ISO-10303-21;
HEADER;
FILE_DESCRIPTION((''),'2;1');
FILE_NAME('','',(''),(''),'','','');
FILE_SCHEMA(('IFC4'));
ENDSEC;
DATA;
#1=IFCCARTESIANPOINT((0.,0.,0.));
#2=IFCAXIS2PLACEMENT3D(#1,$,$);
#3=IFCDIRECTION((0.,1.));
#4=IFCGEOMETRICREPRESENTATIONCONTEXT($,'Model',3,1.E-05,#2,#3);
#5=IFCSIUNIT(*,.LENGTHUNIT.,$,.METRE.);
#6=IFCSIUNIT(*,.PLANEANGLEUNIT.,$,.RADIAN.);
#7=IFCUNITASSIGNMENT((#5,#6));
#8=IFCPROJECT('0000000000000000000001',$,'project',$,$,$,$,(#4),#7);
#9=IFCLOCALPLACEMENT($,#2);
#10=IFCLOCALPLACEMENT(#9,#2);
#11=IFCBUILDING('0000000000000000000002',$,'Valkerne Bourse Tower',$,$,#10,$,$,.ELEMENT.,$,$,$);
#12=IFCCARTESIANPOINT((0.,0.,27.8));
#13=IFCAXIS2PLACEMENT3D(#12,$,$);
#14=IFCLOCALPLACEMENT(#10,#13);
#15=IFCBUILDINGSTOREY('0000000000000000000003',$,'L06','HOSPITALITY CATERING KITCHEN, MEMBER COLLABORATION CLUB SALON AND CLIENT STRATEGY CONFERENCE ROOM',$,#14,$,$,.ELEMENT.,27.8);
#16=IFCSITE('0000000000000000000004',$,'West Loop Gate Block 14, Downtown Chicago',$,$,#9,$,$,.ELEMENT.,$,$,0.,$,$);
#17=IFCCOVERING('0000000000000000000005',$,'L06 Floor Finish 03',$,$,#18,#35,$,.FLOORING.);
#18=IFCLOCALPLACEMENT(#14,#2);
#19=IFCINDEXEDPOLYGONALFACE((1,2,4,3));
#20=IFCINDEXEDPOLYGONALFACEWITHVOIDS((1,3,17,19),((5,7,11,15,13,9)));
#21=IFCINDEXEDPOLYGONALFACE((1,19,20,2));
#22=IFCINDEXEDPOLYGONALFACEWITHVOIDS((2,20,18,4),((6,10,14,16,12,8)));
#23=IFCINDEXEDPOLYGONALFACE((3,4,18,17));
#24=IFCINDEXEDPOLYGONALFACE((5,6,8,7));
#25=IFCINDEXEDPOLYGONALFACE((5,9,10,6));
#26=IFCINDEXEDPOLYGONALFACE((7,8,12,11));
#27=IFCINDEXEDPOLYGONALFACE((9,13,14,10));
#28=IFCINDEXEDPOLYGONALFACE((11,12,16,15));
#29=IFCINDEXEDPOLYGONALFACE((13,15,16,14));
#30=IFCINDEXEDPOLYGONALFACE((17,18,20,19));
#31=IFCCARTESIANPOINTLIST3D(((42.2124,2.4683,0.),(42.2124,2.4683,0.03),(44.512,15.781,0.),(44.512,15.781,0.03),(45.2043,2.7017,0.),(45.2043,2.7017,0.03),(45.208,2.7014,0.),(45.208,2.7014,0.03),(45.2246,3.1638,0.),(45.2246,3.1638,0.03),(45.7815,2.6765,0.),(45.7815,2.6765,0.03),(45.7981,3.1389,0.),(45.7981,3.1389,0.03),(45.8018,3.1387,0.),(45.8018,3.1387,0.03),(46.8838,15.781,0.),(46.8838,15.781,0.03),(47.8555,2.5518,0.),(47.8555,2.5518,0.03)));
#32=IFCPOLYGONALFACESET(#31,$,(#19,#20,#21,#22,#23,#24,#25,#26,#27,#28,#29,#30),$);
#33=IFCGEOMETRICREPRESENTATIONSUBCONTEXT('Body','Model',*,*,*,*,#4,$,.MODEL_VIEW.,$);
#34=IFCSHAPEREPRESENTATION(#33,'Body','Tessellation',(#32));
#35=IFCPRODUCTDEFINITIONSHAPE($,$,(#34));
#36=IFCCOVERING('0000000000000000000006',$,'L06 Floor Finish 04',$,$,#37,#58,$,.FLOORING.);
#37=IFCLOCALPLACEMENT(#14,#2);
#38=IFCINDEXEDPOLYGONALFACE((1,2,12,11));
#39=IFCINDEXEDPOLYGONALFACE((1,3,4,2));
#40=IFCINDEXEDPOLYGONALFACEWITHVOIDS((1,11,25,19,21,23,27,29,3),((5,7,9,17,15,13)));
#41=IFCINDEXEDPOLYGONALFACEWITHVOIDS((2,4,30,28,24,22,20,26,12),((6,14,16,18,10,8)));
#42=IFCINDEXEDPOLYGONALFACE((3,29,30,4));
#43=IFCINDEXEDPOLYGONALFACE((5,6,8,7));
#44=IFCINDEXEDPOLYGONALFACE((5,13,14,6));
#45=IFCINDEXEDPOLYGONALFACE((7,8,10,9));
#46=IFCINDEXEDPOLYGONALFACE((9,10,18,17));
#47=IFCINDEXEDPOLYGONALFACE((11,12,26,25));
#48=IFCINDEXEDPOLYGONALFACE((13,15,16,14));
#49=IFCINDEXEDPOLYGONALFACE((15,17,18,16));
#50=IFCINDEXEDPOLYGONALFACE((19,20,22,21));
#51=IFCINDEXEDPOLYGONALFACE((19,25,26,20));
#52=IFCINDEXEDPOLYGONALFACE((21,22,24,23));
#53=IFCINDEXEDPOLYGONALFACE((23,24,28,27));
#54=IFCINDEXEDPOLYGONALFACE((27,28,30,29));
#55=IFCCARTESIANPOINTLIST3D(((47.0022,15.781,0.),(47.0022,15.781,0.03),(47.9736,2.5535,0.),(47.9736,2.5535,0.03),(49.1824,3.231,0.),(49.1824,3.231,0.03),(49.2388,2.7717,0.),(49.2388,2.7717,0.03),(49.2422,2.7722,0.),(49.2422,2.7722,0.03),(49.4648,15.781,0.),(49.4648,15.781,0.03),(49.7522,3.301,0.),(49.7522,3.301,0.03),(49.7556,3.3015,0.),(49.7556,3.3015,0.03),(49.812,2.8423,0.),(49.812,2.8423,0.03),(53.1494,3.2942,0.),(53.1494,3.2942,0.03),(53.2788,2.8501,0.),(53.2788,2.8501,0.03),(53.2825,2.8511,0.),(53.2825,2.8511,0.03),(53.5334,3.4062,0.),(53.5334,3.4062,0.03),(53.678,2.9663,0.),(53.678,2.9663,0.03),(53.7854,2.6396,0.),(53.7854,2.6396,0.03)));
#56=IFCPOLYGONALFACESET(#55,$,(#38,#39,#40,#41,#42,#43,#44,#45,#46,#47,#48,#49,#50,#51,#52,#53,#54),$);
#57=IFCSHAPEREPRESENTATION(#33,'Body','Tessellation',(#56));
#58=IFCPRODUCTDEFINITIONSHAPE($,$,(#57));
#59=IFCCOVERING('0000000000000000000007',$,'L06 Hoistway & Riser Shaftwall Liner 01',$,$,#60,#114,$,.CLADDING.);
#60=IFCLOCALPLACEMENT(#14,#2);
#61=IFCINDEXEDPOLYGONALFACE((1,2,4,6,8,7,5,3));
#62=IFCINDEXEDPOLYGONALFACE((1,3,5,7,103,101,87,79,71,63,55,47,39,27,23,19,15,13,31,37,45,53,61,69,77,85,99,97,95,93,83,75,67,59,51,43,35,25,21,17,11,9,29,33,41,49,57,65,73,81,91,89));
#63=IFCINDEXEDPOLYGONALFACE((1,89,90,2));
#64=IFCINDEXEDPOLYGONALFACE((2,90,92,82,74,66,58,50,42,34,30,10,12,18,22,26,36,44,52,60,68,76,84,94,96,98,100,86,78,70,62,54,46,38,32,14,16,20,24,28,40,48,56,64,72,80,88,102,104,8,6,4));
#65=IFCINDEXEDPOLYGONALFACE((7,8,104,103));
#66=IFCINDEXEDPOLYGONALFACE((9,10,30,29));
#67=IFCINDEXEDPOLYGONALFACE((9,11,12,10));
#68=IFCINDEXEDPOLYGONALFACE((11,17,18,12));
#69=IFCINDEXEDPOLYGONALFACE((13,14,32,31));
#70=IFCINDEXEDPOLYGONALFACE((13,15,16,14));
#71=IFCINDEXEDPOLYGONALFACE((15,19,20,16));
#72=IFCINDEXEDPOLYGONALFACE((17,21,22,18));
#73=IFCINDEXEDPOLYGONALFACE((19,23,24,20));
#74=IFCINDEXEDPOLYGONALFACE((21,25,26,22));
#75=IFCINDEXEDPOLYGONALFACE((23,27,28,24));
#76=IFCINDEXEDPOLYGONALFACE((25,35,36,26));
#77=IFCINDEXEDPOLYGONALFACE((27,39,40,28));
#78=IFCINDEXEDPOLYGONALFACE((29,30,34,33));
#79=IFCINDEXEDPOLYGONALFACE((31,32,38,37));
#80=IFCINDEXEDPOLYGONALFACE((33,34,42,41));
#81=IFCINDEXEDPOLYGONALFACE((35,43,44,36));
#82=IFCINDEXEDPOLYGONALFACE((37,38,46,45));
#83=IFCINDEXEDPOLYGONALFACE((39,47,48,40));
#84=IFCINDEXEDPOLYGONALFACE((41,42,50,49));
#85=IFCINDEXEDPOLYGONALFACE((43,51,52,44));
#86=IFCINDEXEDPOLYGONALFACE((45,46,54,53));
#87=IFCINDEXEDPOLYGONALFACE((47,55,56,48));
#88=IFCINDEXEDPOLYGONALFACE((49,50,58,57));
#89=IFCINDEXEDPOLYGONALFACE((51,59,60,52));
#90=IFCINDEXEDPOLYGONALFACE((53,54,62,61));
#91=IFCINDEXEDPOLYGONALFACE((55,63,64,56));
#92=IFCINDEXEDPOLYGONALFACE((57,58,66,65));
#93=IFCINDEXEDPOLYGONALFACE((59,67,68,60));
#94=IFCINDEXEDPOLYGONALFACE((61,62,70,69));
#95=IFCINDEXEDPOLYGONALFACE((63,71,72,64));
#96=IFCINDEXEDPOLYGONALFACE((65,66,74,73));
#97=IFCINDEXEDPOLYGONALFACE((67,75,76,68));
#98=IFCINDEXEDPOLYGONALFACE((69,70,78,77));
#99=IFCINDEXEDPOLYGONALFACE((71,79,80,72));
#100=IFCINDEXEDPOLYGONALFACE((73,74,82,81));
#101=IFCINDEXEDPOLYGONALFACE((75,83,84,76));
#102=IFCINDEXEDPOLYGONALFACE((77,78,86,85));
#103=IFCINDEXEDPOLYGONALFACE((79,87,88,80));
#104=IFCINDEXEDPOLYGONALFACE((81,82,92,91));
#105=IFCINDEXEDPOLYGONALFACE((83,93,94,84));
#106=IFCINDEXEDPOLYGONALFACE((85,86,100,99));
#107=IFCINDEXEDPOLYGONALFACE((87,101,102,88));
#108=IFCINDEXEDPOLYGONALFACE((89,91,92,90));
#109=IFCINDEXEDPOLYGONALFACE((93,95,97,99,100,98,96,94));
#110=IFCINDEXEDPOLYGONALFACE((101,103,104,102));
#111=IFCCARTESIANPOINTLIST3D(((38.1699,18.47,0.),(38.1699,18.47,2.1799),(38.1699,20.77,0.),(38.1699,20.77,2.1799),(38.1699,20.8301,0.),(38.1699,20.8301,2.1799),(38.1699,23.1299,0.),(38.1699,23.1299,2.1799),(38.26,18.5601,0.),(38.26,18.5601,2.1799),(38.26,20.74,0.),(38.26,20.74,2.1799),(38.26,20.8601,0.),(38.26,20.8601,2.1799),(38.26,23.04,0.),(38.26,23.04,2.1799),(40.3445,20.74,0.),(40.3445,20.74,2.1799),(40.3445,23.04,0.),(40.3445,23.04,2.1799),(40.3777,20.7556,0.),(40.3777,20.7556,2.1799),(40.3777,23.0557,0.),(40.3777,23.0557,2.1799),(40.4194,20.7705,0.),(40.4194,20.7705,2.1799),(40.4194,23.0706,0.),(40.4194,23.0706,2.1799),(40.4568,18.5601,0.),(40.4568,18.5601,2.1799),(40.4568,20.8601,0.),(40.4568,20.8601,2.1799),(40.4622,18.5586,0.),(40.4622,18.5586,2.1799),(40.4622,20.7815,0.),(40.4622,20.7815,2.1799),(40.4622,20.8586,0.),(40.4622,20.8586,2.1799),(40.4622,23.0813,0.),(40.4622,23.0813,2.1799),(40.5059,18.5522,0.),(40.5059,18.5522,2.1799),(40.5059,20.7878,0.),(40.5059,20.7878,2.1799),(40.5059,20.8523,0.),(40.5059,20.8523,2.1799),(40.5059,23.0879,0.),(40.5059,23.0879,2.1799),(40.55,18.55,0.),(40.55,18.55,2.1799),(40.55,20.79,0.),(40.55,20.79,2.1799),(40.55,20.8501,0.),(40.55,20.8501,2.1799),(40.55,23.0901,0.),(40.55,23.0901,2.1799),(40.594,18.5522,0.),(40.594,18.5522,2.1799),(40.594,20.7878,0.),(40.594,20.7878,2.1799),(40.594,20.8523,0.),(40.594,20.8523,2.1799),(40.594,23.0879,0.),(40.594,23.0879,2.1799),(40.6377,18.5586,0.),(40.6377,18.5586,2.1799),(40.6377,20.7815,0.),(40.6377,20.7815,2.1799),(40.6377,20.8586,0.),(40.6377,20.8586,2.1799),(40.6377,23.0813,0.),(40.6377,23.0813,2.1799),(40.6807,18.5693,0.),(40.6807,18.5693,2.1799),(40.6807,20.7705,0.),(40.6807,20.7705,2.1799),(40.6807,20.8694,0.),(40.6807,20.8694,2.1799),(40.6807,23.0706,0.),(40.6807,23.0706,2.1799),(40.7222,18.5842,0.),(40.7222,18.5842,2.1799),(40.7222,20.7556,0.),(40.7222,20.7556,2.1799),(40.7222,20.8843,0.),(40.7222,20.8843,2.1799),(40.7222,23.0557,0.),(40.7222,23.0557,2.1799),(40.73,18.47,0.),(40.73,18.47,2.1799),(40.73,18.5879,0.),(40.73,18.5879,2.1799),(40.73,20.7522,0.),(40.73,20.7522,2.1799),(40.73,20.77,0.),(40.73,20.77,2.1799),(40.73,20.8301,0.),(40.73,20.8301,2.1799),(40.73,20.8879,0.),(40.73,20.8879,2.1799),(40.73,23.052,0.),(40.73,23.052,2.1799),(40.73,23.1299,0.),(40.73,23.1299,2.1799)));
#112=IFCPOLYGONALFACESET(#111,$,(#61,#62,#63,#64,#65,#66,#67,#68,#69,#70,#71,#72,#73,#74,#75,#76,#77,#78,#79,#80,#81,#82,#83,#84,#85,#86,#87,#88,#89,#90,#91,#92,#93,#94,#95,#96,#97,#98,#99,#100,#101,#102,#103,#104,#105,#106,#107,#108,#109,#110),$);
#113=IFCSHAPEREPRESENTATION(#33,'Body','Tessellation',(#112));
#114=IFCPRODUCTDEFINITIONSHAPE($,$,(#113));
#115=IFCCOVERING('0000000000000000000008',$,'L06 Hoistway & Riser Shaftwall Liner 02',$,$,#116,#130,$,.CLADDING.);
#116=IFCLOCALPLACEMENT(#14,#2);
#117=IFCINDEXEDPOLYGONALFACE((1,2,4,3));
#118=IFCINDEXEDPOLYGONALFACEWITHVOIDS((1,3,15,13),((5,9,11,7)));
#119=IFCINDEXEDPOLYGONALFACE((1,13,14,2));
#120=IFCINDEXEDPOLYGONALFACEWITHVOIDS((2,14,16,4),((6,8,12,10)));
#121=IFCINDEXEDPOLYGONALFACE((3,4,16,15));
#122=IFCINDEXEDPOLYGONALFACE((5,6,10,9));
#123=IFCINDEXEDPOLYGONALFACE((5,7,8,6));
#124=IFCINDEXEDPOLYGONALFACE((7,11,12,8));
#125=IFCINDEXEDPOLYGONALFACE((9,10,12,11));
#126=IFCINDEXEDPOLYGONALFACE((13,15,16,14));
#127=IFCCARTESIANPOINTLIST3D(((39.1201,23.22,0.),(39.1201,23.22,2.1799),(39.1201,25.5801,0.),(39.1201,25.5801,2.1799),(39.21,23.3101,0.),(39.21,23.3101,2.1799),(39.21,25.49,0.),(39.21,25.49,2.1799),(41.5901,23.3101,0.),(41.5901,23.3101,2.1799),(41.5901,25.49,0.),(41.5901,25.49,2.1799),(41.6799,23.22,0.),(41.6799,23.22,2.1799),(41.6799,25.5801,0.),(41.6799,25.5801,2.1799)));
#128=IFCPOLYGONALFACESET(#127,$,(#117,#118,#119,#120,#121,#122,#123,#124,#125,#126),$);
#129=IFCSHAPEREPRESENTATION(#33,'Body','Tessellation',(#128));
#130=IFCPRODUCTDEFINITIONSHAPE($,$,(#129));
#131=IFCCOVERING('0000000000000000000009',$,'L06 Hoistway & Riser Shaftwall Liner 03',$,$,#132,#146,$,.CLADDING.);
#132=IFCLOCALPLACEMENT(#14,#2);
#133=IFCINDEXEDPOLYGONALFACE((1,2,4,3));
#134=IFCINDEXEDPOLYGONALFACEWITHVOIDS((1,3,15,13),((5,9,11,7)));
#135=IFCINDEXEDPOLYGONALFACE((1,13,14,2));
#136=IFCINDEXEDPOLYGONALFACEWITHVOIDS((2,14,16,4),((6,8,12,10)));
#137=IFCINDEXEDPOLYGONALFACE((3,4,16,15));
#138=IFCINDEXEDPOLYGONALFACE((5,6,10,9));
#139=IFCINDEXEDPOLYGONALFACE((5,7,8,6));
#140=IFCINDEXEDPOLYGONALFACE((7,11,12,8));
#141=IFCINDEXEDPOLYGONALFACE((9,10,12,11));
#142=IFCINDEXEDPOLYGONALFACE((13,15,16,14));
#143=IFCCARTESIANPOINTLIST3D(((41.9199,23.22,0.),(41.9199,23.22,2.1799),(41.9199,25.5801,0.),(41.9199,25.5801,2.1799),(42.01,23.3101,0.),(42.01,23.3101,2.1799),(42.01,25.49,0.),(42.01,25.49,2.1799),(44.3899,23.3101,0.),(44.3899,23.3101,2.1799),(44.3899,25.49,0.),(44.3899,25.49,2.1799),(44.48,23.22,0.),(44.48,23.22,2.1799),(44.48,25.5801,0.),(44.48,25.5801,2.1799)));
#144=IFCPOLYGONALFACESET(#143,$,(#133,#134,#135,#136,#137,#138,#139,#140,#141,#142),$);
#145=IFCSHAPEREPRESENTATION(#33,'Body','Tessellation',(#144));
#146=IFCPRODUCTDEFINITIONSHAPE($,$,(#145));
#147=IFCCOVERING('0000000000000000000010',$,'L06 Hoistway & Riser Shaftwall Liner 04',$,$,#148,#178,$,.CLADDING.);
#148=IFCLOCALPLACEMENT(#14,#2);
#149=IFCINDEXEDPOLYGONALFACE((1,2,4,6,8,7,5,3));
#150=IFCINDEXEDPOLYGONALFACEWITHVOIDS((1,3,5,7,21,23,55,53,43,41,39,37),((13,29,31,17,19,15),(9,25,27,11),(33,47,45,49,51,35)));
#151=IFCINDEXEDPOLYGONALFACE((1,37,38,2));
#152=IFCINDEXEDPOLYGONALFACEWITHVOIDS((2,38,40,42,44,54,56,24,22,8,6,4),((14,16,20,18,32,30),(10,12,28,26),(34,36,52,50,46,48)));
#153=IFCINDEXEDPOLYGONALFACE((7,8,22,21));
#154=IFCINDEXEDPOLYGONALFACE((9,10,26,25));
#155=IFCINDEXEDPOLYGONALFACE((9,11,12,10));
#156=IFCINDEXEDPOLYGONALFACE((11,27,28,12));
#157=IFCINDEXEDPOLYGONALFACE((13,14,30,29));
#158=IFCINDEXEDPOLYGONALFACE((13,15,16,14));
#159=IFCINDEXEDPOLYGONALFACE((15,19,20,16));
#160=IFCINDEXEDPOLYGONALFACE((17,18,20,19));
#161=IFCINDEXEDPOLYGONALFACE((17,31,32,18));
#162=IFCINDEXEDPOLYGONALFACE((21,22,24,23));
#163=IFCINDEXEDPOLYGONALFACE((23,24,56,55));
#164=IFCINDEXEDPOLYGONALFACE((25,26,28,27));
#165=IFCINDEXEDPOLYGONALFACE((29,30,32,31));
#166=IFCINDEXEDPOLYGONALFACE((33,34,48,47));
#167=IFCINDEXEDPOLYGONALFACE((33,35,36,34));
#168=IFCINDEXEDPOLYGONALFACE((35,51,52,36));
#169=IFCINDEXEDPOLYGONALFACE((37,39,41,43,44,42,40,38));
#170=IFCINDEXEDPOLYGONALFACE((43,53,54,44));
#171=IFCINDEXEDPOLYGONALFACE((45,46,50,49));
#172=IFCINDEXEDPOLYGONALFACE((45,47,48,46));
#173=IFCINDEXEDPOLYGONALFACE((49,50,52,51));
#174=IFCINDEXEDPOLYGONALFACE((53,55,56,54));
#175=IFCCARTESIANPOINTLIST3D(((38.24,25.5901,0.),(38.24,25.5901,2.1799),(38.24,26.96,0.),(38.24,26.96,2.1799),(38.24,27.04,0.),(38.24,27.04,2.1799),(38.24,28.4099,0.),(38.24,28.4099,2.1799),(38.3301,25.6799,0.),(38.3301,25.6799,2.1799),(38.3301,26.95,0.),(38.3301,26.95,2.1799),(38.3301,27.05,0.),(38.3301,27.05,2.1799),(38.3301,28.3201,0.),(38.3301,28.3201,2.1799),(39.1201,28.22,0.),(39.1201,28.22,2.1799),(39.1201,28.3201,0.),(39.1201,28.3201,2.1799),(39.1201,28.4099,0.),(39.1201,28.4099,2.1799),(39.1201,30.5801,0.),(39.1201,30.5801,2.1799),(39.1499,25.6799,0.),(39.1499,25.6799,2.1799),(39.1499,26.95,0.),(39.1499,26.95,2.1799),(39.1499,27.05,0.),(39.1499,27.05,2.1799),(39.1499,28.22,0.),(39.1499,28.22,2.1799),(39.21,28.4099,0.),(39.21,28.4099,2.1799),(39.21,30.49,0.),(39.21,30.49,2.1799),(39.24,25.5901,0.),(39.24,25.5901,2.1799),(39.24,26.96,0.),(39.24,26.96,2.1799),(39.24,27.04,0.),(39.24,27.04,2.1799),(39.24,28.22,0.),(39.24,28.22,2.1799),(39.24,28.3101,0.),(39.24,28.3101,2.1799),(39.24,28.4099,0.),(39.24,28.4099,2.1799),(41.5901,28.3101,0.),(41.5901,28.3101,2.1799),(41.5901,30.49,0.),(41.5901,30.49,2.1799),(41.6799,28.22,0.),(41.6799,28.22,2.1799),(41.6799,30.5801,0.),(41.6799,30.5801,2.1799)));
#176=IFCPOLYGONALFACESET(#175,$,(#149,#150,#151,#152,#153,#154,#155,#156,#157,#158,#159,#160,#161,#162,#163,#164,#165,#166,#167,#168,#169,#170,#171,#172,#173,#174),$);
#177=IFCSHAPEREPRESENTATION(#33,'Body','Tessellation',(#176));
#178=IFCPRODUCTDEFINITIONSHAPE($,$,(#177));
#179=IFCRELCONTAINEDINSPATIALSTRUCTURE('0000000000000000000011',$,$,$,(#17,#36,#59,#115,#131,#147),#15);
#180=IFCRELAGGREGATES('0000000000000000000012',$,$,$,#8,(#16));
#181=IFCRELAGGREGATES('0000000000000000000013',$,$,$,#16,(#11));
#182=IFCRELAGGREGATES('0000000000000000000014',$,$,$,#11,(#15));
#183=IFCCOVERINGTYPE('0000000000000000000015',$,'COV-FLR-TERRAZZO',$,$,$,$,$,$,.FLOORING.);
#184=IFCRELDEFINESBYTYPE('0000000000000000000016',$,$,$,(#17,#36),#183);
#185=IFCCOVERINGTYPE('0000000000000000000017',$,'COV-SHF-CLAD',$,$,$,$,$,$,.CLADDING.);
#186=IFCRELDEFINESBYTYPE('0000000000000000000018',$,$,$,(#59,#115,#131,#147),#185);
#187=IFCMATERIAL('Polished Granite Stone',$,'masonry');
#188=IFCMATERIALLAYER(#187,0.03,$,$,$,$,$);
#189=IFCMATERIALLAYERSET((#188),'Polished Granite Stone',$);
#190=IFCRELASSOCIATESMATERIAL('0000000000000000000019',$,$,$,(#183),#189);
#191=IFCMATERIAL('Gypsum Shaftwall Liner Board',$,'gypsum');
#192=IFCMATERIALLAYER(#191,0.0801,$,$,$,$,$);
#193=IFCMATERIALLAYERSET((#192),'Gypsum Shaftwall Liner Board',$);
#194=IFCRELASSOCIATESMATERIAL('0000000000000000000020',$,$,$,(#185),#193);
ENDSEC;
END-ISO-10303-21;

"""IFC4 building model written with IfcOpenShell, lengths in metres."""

from ifc_helpers import new_model, si_unit, direction, frame, origin, place, context, subcontext, project, spatial, polyline, outline, extrude, material, layer, layer_set, type_object, element, save


model = new_model("IFC4")

# Units and contexts
model_context = context("Model", 3, precision=1e-05, world=origin(), true_north=direction((0.0, 1.0)))
body_context = subcontext(model_context, "Body", "Model", "MODEL_VIEW")
ifc_project = project(units=[si_unit("LENGTHUNIT", "METRE"), si_unit("PLANEANGLEUNIT", "RADIAN")], contexts=[model_context])

# Site, building, storey
site_placement = place(None, origin())
site = spatial("IfcSite", under=ifc_project, at=site_placement, Name="West Loop Gate Block 14, Downtown Chicago", CompositionType="ELEMENT", RefElevation=0.0)
building_placement = place(site_placement, origin())
building = spatial("IfcBuilding", under=site, at=building_placement, Name="Valkerne Bourse Tower", CompositionType="ELEMENT")
storey_placement = place(building_placement, frame((0.0, 0.0, 27.8)))
storey = spatial("IfcBuildingStorey", under=building, at=storey_placement, Name="L06", Description="HOSPITALITY CATERING KITCHEN, MEMBER COLLABORATION CLUB SALON AND CLIENT STRATEGY CONFERENCE ROOM", CompositionType="ELEMENT", Elevation=27.8)

# Coverings
ifc_material_1 = material(Name="Polished Granite Stone", Category="masonry")
ifc_layer_1 = layer(ifc_material_1, 0.03)
ifc_layer_set_1 = layer_set([ifc_layer_1], Name="Polished Granite Stone")
covering_type_1 = type_object("IfcCoveringType", Name="COV-FLR-TERRAZZO", PredefinedType="FLOORING", material=ifc_layer_set_1)
covering_1_placement = place(storey_placement, origin())
element("IfcCovering", 1, at=covering_1_placement, inside=storey, type_object=covering_type_1, Name="L06 Floor Finish 03", PredefinedType="FLOORING", context=body_context, shape_type="SweptSolid", body=[
    extrude(outline(polyline([(46.8838, 15.781), (47.8555, 2.5518), (42.2124, 2.4683), (44.512, 15.781), (46.8838, 15.781)]), holes=[polyline([(45.8018, 3.1387), (45.7981, 3.1389), (45.2246, 3.1638), (45.2043, 2.7017), (45.208, 2.7014), (45.7815, 2.6765), (45.8018, 3.1387)])]), origin(), (0.0, 0.0, 1.0), 0.03),
])
covering_2_placement = place(storey_placement, origin())
element("IfcCovering", 2, at=covering_2_placement, inside=storey, type_object=covering_type_1, Name="L06 Floor Finish 04", PredefinedType="FLOORING", context=body_context, shape_type="SweptSolid", body=[
    extrude(outline(polyline([(49.4648, 15.781), (53.5334, 3.4062), (53.1494, 3.2942), (53.2788, 2.8501), (53.2825, 2.8511), (53.678, 2.9663), (53.7854, 2.6396), (47.9736, 2.5535), (47.0022, 15.781), (49.4648, 15.781)]), holes=[polyline([(49.2422, 2.7722), (49.812, 2.8423), (49.7556, 3.3015), (49.7522, 3.301), (49.1824, 3.231), (49.2388, 2.7717), (49.2422, 2.7722)])]), origin(), (0.0, 0.0, 1.0), 0.03),
])
ifc_material_2 = material(Name="Gypsum Shaftwall Liner Board", Category="gypsum")
ifc_layer_2 = layer(ifc_material_2, 0.0801)
ifc_layer_set_2 = layer_set([ifc_layer_2], Name="Gypsum Shaftwall Liner Board")
covering_type_2 = type_object("IfcCoveringType", Name="COV-SHF-CLAD", PredefinedType="CLADDING", material=ifc_layer_set_2)
covering_3_placement = place(storey_placement, origin())
element("IfcCovering", 3, at=covering_3_placement, inside=storey, type_object=covering_type_2, Name="L06 Hoistway & Riser Shaftwall Liner 01", PredefinedType="CLADDING", context=body_context, shape_type="SweptSolid", body=[
    extrude(outline(polyline([(38.1699, 23.1299), (40.73, 23.1299), (40.73, 23.052), (40.7222, 23.0557), (40.6807, 23.0706), (40.6377, 23.0813), (40.594, 23.0879), (40.55, 23.0901), (40.5059, 23.0879), (40.4622, 23.0813), (40.4194, 23.0706), (40.3777, 23.0557), (40.3445, 23.04), (38.26, 23.04), (38.26, 20.8601), (40.4568, 20.8601), (40.4622, 20.8586), (40.5059, 20.8523), (40.55, 20.8501), (40.594, 20.8523), (40.6377, 20.8586), (40.6807, 20.8694), (40.7222, 20.8843), (40.73, 20.8879), (40.73, 20.8301), (40.73, 20.77), (40.73, 20.7522), (40.7222, 20.7556), (40.6807, 20.7705), (40.6377, 20.7815), (40.594, 20.7878), (40.55, 20.79), (40.5059, 20.7878), (40.4622, 20.7815), (40.4194, 20.7705), (40.3777, 20.7556), (40.3445, 20.74), (38.26, 20.74), (38.26, 18.5601), (40.4568, 18.5601), (40.4622, 18.5586), (40.5059, 18.5522), (40.55, 18.55), (40.594, 18.5522), (40.6377, 18.5586), (40.6807, 18.5693), (40.7222, 18.5842), (40.73, 18.5879), (40.73, 18.47), (38.1699, 18.47), (38.1699, 20.77), (38.1699, 20.8301), (38.1699, 23.1299)])), origin(), (0.0, 0.0, 1.0), 2.1799),
])
covering_4_placement = place(storey_placement, origin())
element("IfcCovering", 4, at=covering_4_placement, inside=storey, type_object=covering_type_2, Name="L06 Hoistway & Riser Shaftwall Liner 02", PredefinedType="CLADDING", context=body_context, shape_type="SweptSolid", body=[
    extrude(outline(polyline([(41.6799, 23.22), (39.1201, 23.22), (39.1201, 25.5801), (41.6799, 25.5801), (41.6799, 23.22)]), holes=[polyline([(39.21, 25.49), (39.21, 23.3101), (41.5901, 23.3101), (41.5901, 25.49), (39.21, 25.49)])]), origin(), (0.0, 0.0, 1.0), 2.1799),
])
covering_5_placement = place(storey_placement, origin())
element("IfcCovering", 5, at=covering_5_placement, inside=storey, type_object=covering_type_2, Name="L06 Hoistway & Riser Shaftwall Liner 03", PredefinedType="CLADDING", context=body_context, shape_type="SweptSolid", body=[
    extrude(outline(polyline([(44.48, 23.22), (41.9199, 23.22), (41.9199, 25.5801), (44.48, 25.5801), (44.48, 23.22)]), holes=[polyline([(42.01, 25.49), (42.01, 23.3101), (44.3899, 23.3101), (44.3899, 25.49), (42.01, 25.49)])]), origin(), (0.0, 0.0, 1.0), 2.1799),
])
covering_6_placement = place(storey_placement, origin())
element("IfcCovering", 6, at=covering_6_placement, inside=storey, type_object=covering_type_2, Name="L06 Hoistway & Riser Shaftwall Liner 04", PredefinedType="CLADDING", context=body_context, shape_type="SweptSolid", body=[
    extrude(outline(polyline([(38.24, 28.4099), (39.1201, 28.4099), (39.1201, 30.5801), (41.6799, 30.5801), (41.6799, 28.22), (39.24, 28.22), (39.24, 27.04), (39.24, 26.96), (39.24, 25.5901), (38.24, 25.5901), (38.24, 26.96), (38.24, 27.04), (38.24, 28.4099)]), holes=[polyline([(39.21, 30.49), (39.21, 28.4099), (39.24, 28.4099), (39.24, 28.3101), (41.5901, 28.3101), (41.5901, 30.49), (39.21, 30.49)]), polyline([(38.3301, 26.95), (38.3301, 25.6799), (39.1499, 25.6799), (39.1499, 26.95), (38.3301, 26.95)]), polyline([(39.1201, 28.22), (39.1201, 28.3201), (38.3301, 28.3201), (38.3301, 27.05), (39.1499, 27.05), (39.1499, 28.22), (39.1201, 28.22)])]), origin(), (0.0, 0.0, 1.0), 2.1799),
])

save(model, "model.ifc")
